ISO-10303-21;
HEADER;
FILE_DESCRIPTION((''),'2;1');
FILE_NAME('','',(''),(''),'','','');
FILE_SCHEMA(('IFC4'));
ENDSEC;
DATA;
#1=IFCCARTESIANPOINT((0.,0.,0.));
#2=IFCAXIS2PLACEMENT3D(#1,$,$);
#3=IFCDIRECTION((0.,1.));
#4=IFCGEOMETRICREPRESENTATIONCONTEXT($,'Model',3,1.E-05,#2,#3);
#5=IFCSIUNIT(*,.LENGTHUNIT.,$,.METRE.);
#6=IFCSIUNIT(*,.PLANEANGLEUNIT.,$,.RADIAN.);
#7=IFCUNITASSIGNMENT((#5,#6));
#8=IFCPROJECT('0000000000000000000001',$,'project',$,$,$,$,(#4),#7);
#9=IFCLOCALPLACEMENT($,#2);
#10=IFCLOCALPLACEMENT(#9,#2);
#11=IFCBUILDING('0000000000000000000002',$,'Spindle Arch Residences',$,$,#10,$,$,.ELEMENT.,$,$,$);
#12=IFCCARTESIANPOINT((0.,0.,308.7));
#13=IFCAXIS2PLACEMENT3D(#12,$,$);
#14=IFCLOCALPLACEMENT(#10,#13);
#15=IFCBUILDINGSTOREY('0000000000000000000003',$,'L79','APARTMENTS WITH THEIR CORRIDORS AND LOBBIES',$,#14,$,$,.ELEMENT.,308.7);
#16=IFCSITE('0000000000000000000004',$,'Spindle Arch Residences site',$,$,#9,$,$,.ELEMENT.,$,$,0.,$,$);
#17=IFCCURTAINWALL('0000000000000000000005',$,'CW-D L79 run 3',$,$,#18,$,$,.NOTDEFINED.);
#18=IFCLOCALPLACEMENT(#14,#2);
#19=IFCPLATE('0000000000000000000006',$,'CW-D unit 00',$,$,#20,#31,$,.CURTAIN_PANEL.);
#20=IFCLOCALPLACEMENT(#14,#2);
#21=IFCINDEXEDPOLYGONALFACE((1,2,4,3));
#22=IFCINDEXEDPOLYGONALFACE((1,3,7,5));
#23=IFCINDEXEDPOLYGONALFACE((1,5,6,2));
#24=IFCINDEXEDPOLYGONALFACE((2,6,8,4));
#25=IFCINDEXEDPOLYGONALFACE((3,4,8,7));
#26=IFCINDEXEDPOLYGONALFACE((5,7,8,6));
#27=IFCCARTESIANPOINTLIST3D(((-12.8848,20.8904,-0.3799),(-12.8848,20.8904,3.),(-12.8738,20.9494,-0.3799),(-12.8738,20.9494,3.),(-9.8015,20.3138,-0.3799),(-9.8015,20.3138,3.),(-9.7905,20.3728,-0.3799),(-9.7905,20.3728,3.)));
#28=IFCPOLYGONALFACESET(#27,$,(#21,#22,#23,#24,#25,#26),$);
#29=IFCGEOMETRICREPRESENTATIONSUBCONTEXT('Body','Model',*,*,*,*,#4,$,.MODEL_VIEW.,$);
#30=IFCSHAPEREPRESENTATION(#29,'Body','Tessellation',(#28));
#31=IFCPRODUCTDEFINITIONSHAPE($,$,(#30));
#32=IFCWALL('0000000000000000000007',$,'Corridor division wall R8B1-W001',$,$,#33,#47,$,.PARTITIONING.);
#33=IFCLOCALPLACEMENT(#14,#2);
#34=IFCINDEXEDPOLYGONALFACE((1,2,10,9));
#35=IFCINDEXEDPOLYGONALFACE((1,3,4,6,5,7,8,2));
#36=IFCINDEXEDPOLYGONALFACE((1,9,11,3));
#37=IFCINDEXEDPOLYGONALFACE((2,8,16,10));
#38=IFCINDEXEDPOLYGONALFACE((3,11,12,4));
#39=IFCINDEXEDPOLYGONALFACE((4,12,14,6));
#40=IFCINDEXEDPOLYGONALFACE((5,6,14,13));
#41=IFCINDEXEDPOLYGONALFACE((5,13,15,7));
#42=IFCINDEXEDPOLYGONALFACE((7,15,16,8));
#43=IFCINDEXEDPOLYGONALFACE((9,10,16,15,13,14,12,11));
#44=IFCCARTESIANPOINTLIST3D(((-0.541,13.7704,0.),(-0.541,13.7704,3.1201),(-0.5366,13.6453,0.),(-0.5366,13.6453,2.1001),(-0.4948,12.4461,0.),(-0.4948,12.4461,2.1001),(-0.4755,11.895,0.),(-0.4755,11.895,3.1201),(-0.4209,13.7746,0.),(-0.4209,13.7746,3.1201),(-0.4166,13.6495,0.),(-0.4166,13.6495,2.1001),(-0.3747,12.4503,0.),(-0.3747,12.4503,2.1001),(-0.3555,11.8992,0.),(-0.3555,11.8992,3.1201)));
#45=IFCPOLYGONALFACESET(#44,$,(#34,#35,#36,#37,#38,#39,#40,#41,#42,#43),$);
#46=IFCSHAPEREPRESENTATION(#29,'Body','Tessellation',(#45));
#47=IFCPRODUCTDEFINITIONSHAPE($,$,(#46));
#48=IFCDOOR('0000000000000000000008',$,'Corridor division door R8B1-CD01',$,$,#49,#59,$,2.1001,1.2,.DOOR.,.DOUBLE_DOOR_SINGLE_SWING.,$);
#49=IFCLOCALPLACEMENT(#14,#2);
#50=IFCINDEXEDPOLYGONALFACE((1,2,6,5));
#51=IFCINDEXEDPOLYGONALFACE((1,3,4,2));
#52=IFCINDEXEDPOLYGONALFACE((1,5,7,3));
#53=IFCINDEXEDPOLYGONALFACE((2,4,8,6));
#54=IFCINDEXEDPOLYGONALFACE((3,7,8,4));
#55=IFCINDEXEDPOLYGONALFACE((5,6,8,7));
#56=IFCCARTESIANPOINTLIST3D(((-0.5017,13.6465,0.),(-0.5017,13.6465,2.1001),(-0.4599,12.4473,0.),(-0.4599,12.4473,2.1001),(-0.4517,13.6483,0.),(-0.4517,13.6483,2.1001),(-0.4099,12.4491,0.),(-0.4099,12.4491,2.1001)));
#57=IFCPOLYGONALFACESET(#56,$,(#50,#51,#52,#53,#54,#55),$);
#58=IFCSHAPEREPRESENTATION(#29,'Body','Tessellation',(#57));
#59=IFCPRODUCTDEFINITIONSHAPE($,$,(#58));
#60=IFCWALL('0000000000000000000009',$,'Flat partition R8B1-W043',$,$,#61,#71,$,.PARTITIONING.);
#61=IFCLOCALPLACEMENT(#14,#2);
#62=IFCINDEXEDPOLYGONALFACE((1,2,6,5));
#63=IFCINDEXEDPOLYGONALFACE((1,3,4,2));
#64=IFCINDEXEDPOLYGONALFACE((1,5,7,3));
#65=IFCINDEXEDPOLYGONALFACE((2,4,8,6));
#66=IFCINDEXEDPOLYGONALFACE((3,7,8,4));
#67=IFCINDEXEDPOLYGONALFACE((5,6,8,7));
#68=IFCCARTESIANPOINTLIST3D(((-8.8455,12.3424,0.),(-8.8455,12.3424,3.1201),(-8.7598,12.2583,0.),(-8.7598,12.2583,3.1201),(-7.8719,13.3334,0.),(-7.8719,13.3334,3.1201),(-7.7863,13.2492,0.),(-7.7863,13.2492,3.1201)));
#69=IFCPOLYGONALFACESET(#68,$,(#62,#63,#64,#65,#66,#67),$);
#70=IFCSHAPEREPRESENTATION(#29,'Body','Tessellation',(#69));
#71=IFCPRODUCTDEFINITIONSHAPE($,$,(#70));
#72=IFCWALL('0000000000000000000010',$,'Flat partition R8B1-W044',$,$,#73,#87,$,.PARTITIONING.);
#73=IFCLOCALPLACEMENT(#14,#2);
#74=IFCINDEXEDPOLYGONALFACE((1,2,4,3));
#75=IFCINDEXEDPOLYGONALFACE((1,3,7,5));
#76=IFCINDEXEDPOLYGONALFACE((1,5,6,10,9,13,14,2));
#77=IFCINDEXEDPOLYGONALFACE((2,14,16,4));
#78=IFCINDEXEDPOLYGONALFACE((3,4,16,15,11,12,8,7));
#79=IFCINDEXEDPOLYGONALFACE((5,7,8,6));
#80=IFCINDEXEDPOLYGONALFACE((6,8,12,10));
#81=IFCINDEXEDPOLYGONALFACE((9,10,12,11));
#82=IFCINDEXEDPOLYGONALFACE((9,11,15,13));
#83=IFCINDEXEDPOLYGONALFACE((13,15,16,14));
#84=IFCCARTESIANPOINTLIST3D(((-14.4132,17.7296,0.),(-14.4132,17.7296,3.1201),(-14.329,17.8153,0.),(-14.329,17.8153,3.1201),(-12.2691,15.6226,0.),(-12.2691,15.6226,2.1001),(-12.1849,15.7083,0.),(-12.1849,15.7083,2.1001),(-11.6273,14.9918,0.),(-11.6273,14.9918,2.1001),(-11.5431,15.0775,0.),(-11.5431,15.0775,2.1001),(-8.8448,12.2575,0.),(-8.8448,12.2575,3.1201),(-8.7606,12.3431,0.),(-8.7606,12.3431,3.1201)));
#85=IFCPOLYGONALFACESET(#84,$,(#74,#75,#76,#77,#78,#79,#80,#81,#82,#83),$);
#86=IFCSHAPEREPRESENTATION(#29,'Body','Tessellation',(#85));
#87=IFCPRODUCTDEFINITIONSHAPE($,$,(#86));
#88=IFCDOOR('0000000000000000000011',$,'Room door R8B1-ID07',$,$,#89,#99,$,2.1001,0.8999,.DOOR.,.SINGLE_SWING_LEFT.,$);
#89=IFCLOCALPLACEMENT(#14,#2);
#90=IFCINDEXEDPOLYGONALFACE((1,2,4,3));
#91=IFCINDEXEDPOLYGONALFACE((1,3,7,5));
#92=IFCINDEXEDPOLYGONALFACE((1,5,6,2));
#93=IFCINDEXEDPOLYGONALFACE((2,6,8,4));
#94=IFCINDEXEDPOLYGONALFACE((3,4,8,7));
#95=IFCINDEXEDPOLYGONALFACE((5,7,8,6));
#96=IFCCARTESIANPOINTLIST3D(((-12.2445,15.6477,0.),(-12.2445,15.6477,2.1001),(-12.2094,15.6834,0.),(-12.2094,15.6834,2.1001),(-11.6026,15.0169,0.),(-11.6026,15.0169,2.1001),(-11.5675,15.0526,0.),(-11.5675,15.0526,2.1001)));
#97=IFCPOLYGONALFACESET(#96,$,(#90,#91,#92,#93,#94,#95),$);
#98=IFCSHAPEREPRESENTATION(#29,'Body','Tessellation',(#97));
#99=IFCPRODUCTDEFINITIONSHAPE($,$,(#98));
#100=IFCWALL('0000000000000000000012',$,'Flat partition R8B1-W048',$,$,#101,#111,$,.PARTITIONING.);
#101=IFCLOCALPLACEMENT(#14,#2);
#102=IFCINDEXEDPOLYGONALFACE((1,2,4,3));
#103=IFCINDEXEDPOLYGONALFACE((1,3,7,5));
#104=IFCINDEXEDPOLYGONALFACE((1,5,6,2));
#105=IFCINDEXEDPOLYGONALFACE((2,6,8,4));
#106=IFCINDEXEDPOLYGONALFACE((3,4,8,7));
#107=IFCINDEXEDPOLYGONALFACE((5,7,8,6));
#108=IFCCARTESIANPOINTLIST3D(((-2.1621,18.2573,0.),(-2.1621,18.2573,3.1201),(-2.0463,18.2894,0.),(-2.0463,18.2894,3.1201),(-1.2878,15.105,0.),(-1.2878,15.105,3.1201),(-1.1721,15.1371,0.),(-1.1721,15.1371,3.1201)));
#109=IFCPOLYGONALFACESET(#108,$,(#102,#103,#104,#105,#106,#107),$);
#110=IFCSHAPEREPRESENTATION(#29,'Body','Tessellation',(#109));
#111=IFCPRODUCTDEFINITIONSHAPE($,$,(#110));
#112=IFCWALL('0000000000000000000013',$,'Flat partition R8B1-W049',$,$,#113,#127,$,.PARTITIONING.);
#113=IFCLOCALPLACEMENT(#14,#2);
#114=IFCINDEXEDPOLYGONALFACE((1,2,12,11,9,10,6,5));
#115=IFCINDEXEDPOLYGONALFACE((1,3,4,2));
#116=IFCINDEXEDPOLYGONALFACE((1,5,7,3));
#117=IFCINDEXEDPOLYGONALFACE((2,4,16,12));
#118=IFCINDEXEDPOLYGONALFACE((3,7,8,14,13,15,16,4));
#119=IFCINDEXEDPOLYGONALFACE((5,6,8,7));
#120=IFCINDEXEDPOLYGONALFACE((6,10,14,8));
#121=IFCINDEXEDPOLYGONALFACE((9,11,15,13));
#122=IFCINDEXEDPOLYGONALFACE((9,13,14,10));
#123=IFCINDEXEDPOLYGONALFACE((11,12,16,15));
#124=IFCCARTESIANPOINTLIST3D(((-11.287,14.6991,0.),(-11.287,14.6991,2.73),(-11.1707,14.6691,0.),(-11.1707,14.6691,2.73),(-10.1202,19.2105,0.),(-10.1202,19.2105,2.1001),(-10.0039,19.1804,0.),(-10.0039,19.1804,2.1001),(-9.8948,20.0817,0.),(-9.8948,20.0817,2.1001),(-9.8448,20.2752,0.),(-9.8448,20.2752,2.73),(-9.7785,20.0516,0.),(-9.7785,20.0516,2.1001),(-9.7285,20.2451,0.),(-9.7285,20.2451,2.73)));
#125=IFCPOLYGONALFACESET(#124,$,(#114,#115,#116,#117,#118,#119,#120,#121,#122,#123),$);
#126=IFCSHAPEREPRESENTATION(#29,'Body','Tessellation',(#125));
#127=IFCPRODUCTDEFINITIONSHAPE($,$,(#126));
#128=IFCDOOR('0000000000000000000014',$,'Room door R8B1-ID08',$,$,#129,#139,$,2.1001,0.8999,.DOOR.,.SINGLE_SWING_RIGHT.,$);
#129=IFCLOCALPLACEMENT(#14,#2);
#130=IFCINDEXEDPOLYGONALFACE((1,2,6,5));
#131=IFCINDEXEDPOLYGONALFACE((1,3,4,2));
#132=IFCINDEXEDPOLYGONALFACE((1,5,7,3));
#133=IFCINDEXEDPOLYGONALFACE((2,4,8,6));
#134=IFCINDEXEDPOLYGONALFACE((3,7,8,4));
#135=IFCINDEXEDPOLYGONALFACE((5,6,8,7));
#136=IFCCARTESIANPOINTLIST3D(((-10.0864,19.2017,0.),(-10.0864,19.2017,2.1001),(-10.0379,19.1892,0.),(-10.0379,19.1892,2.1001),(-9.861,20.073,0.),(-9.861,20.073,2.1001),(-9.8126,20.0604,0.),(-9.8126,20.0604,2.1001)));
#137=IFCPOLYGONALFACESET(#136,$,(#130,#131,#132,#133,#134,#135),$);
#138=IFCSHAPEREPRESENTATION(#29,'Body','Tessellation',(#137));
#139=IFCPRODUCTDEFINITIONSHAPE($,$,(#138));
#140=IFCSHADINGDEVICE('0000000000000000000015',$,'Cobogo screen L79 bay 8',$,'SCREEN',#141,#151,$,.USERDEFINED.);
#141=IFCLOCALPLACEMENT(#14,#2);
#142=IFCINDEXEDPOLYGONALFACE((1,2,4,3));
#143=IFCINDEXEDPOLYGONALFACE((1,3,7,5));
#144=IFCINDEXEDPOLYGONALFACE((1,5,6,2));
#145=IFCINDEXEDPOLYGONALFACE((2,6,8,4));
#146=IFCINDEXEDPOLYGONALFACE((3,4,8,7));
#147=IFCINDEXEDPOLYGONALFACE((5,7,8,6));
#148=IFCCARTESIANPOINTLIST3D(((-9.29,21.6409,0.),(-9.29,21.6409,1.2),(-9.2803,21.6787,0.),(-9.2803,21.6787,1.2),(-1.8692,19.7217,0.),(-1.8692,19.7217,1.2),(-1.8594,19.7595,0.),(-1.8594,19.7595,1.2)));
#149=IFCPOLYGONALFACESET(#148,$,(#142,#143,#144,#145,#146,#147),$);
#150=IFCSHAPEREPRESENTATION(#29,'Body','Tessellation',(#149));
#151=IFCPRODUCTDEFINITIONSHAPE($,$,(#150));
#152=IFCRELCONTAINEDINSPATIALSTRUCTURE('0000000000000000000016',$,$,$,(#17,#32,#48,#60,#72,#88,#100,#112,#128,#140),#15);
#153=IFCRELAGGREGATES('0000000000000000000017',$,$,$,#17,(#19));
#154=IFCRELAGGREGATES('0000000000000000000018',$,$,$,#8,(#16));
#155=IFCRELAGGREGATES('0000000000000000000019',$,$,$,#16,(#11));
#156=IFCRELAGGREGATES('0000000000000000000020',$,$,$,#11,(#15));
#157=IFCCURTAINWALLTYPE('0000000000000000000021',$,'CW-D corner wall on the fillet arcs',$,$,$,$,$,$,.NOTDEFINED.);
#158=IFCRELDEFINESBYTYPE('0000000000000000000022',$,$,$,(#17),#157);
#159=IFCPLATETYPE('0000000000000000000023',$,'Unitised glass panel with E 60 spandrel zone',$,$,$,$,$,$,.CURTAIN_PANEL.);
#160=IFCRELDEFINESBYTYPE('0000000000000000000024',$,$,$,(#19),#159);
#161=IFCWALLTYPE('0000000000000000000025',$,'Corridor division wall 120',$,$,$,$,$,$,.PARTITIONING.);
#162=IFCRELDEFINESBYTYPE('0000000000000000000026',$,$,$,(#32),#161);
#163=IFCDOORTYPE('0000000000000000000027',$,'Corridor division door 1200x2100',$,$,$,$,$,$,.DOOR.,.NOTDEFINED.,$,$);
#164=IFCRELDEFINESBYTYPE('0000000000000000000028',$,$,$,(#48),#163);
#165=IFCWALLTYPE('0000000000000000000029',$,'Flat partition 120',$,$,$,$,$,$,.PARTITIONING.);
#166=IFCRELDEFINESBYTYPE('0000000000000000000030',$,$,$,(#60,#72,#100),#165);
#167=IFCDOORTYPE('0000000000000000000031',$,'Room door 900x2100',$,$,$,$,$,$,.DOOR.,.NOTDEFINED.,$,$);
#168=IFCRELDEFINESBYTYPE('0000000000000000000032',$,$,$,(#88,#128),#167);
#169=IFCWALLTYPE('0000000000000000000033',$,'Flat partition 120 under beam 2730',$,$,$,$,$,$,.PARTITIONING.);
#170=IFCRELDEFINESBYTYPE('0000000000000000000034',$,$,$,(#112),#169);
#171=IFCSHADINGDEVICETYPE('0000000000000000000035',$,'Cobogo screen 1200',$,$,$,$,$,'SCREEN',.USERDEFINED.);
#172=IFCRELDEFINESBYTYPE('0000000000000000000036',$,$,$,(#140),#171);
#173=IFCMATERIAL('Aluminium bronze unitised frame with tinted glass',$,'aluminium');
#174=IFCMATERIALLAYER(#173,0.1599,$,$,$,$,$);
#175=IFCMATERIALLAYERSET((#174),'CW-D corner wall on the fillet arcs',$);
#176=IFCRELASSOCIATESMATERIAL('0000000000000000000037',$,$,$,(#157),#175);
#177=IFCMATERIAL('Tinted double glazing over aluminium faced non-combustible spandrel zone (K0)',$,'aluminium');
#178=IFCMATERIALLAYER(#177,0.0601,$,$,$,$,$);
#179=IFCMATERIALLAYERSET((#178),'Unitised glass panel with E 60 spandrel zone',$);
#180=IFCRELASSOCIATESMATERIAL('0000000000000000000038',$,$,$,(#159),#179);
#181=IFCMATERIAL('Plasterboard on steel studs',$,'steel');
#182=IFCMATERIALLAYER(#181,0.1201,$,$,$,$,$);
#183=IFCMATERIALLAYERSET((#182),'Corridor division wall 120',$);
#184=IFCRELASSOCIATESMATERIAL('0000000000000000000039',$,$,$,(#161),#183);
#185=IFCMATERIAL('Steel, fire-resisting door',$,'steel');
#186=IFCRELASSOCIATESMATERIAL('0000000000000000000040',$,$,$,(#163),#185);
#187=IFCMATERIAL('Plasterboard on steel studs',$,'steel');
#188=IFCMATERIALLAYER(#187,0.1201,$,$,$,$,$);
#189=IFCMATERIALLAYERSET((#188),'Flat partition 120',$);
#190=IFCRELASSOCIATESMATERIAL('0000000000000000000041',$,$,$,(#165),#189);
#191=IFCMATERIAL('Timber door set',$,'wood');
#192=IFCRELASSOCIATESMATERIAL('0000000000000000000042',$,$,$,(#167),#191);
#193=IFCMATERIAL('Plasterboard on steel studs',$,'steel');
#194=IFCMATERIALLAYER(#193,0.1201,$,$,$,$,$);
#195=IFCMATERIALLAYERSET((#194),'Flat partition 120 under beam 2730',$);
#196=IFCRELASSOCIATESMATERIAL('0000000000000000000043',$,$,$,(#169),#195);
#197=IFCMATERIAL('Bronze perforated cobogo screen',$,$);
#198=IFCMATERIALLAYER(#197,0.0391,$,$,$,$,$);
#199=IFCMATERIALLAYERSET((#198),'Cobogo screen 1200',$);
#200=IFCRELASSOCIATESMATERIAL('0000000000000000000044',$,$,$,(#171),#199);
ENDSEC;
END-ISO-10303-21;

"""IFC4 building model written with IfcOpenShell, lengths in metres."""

from ifc_helpers import new_model, si_unit, direction, frame, frame_2d, origin, origin_2d, place, context, subcontext, project, spatial, rectangle, extrude, material, layer, layer_set, type_object, element, fill, aggregate, save


model = new_model("IFC4")

# Units and contexts
model_context = context("Model", 3, precision=1e-05, world=origin(), true_north=direction((0.0, 1.0)))
body_context = subcontext(model_context, "Body", "Model", "MODEL_VIEW")
ifc_project = project(units=[si_unit("LENGTHUNIT", "METRE"), si_unit("PLANEANGLEUNIT", "RADIAN")], contexts=[model_context])

# Site, building, storey
site_placement = place(None, origin())
site = spatial("IfcSite", under=ifc_project, at=site_placement, Name="Spindle Arch Residences site", CompositionType="ELEMENT", RefElevation=0.0)
building_placement = place(site_placement, origin())
building = spatial("IfcBuilding", under=site, at=building_placement, Name="Spindle Arch Residences", CompositionType="ELEMENT")
storey_placement = place(building_placement, frame((0.0, 0.0, 308.7)))
storey = spatial("IfcBuildingStorey", under=building, at=storey_placement, Name="L79", Description="APARTMENTS WITH THEIR CORRIDORS AND LOBBIES", CompositionType="ELEMENT", Elevation=308.7)

# Curtain wall
ifc_material_1 = material(Name="Aluminium bronze unitised frame with tinted glass", Category="aluminium")
ifc_layer_1 = layer(ifc_material_1, 0.1599)
ifc_layer_set_1 = layer_set([ifc_layer_1], Name="CW-D corner wall on the fillet arcs")
curtain_wall_type_1 = type_object("IfcCurtainWallType", Name="CW-D corner wall on the fillet arcs", PredefinedType="NOTDEFINED", material=ifc_layer_set_1)
curtain_wall_1_placement = place(storey_placement, origin())
curtain_wall_1 = element("IfcCurtainWall", 1, at=curtain_wall_1_placement, inside=storey, type_object=curtain_wall_type_1, Name="CW-D L79 run 3", PredefinedType="NOTDEFINED")

# Plate
ifc_material_2 = material(Name="Tinted double glazing over aluminium faced non-combustible spandrel zone (K0)", Category="aluminium")
ifc_layer_2 = layer(ifc_material_2, 0.0601)
ifc_layer_set_2 = layer_set([ifc_layer_2], Name="Unitised glass panel with E 60 spandrel zone")
plate_type = type_object("IfcPlateType", Name="Unitised glass panel with E 60 spandrel zone", PredefinedType="CURTAIN_PANEL", material=ifc_layer_set_2)
plate_1_placement = place(storey_placement, frame((-11.3376, 20.6316, -0.3799), z_axis=(0.0, 0.0, 1.0), x_axis=(-0.982957, 0.183837, 0.0)))
plate_1 = element("IfcPlate", 2, at=plate_1_placement, type_object=plate_type, Name="CW-D unit 00", PredefinedType="CURTAIN_PANEL", context=body_context, shape_type="SweptSolid", body=[
    extrude(rectangle(XDim=3.1367, YDim=0.0601, at=origin_2d()), origin(), (0.0, 0.0, 1.0), 3.3799),
])
aggregate(curtain_wall_1, [plate_1])

# Wall, opening, door
ifc_material_3 = material(Name="Plasterboard on steel studs", Category="steel")
ifc_layer_3 = layer(ifc_material_3, 0.1201)
ifc_layer_set_3 = layer_set([ifc_layer_3], Name="Corridor division wall 120")
wall_type_1 = type_object("IfcWallType", Name="Corridor division wall 120", PredefinedType="PARTITIONING", material=ifc_layer_set_3)
wall_1_placement = place(storey_placement, frame((-0.481, 13.7725, 0.0), z_axis=(0.0, 0.0, 1.0), x_axis=(0.03487, -0.999392, 0.0)))
wall_1 = element("IfcWall", 3, at=wall_1_placement, inside=storey, type_object=wall_type_1, Name="Corridor division wall R8B1-W001", PredefinedType="PARTITIONING", context=body_context, shape_type="SweptSolid", body=[
    extrude(rectangle(XDim=1.8765, YDim=0.1201, at=frame_2d((0.9382, 0.0))), origin(), (0.0, 0.0, 1.0), 3.1201),
])
opening_1_placement = place(wall_1_placement, frame((0.125, 0.0, 0.0)))
opening_1 = element("IfcOpeningElement", 4, at=opening_1_placement, cuts=wall_1, PredefinedType="OPENING", context=body_context, shape_type="SweptSolid", body=[
    extrude(rectangle(XDim=1.2, YDim=2.1001, at=frame_2d((0.6001, 1.05))), frame((0.0, 0.0701, 0.0), z_axis=(0.0, -1.0, 0.0), x_axis=(1.0, 0.0, 0.0)), (0.0, 0.0, 1.0), 0.1401),
])
ifc_material_4 = material(Name="Steel, fire-resisting door", Category="steel")
door_type_1 = type_object("IfcDoorType", Name="Corridor division door 1200x2100", OperationType="NOTDEFINED", PredefinedType="DOOR", material=ifc_material_4)
door_1_placement = place(opening_1_placement, origin())
door_1 = element("IfcDoor", 5, at=door_1_placement, inside=storey, type_object=door_type_1, Name="Corridor division door R8B1-CD01", OperationType="DOUBLE_DOOR_SINGLE_SWING", OverallHeight=2.1001, OverallWidth=1.2, PredefinedType="DOOR", context=body_context, shape_type="SweptSolid", body=[
    extrude(rectangle(XDim=1.2, YDim=2.1001, at=frame_2d((0.6001, 1.05))), frame((0.0, 0.0249, 0.0), z_axis=(0.0, -1.0, 0.0), x_axis=(1.0, 0.0, 0.0)), (0.0, 0.0, 1.0), 0.05),
])
fill(opening_1, door_1)

# Wall
ifc_material_5 = material(Name="Plasterboard on steel studs", Category="steel")
ifc_layer_4 = layer(ifc_material_5, 0.1201)
ifc_layer_set_4 = layer_set([ifc_layer_4], Name="Flat partition 120")
wall_type_2 = type_object("IfcWallType", Name="Flat partition 120", PredefinedType="PARTITIONING", material=ifc_layer_set_4)
wall_2_placement = place(storey_placement, frame((-7.8291, 13.2913, 0.0), z_axis=(0.0, 0.0, 1.0), x_axis=(-0.700841, -0.713318, 0.0)))
element("IfcWall", 6, at=wall_2_placement, inside=storey, type_object=wall_type_2, Name="Flat partition R8B1-W043", PredefinedType="PARTITIONING", context=body_context, shape_type="SweptSolid", body=[
    extrude(rectangle(XDim=1.3892, YDim=0.1201, at=frame_2d((0.6946, 0.0))), origin(), (0.0, 0.0, 1.0), 3.1201),
])

# Wall, opening, door
wall_3_placement = place(storey_placement, frame((-8.8027, 12.3003, 0.0), z_axis=(0.0, 0.0, 1.0), x_axis=(-0.71324, 0.700919, 0.0)))
wall_3 = element("IfcWall", 7, at=wall_3_placement, inside=storey, type_object=wall_type_2, Name="Flat partition R8B1-W044", PredefinedType="PARTITIONING", context=body_context, shape_type="SweptSolid", body=[
    extrude(rectangle(XDim=7.8071, YDim=0.1201, at=frame_2d((3.9036, 0.0))), origin(), (0.0, 0.0, 1.0), 3.1201),
])
opening_2_placement = place(wall_3_placement, frame((3.9011, 0.0, 0.0)))
opening_2 = element("IfcOpeningElement", 8, at=opening_2_placement, cuts=wall_3, PredefinedType="OPENING", context=body_context, shape_type="SweptSolid", body=[
    extrude(rectangle(XDim=0.8999, YDim=2.1001, at=frame_2d((0.45, 1.05))), frame((0.0, 0.0701, 0.0), z_axis=(0.0, -1.0, 0.0), x_axis=(1.0, 0.0, 0.0)), (0.0, 0.0, 1.0), 0.1401),
])
ifc_material_6 = material(Name="Timber door set", Category="wood")
door_type_2 = type_object("IfcDoorType", Name="Room door 900x2100", OperationType="NOTDEFINED", PredefinedType="DOOR", material=ifc_material_6)
door_2_placement = place(opening_2_placement, origin())
door_2 = element("IfcDoor", 9, at=door_2_placement, inside=storey, type_object=door_type_2, Name="Room door R8B1-ID07", OperationType="SINGLE_SWING_LEFT", OverallHeight=2.1001, OverallWidth=0.8999, PredefinedType="DOOR", context=body_context, shape_type="SweptSolid", body=[
    extrude(rectangle(XDim=0.8999, YDim=2.1001, at=frame_2d((0.45, 1.05))), frame((0.0, 0.0249, 0.0), z_axis=(0.0, -1.0, 0.0), x_axis=(1.0, 0.0, 0.0)), (0.0, 0.0, 1.0), 0.05),
])
fill(opening_2, door_2)

# Wall
wall_4_placement = place(storey_placement, frame((-2.1042, 18.2734, 0.0), z_axis=(0.0, 0.0, 1.0), x_axis=(0.267251, -0.963627, 0.0)))
element("IfcWall", 10, at=wall_4_placement, inside=storey, type_object=wall_type_2, Name="Flat partition R8B1-W048", PredefinedType="PARTITIONING", context=body_context, shape_type="SweptSolid", body=[
    extrude(rectangle(XDim=3.2712, YDim=0.1201, at=frame_2d((1.6357, 0.0))), origin(), (0.0, 0.0, 1.0), 3.1201),
])

# Wall, opening, door
ifc_material_7 = material(Name="Plasterboard on steel studs", Category="steel")
ifc_layer_5 = layer(ifc_material_7, 0.1201)
ifc_layer_set_5 = layer_set([ifc_layer_5], Name="Flat partition 120 under beam 2730")
wall_type_3 = type_object("IfcWallType", Name="Flat partition 120 under beam 2730", PredefinedType="PARTITIONING", material=ifc_layer_set_5)
wall_5_placement = place(storey_placement, frame((-9.7866, 20.2603, 0.0), z_axis=(0.0, 0.0, 1.0), x_axis=(-0.250397, -0.968143, 0.0)))
wall_5 = element("IfcWall", 11, at=wall_5_placement, inside=storey, type_object=wall_type_3, Name="Flat partition R8B1-W049", PredefinedType="PARTITIONING", context=body_context, shape_type="SweptSolid", body=[
    extrude(rectangle(XDim=5.7595, YDim=0.1201, at=frame_2d((2.8799, 0.0))), origin(), (0.0, 0.0, 1.0), 2.73),
])
opening_3_placement = place(wall_5_placement, frame((0.2, 0.0, 0.0)))
opening_3 = element("IfcOpeningElement", 12, at=opening_3_placement, cuts=wall_5, PredefinedType="OPENING", context=body_context, shape_type="SweptSolid", body=[
    extrude(rectangle(XDim=0.8999, YDim=2.1001, at=frame_2d((0.45, 1.05))), frame((0.0, 0.0701, 0.0), z_axis=(0.0, -1.0, 0.0), x_axis=(1.0, 0.0, 0.0)), (0.0, 0.0, 1.0), 0.1401),
])
door_3_placement = place(opening_3_placement, origin())
door_3 = element("IfcDoor", 13, at=door_3_placement, inside=storey, type_object=door_type_2, Name="Room door R8B1-ID08", OperationType="SINGLE_SWING_RIGHT", OverallHeight=2.1001, OverallWidth=0.8999, PredefinedType="DOOR", context=body_context, shape_type="SweptSolid", body=[
    extrude(rectangle(XDim=0.8999, YDim=2.1001, at=frame_2d((0.45, 1.05))), frame((0.0, 0.0249, 0.0), z_axis=(0.0, -1.0, 0.0), x_axis=(1.0, 0.0, 0.0)), (0.0, 0.0, 1.0), 0.05),
])
fill(opening_3, door_3)

# Shading device
ifc_material_8 = material(Name="Bronze perforated cobogo screen")
ifc_layer_6 = layer(ifc_material_8, 0.0391)
ifc_layer_set_6 = layer_set([ifc_layer_6], Name="Cobogo screen 1200")
shading_device_type = type_object("IfcShadingDeviceType", Name="Cobogo screen 1200", ElementType="SCREEN", PredefinedType="USERDEFINED", material=ifc_layer_set_6)
shading_device_placement = place(storey_placement, frame((-5.5747, 20.7002, 0.0), z_axis=(0.0, 0.0, 1.0), x_axis=(-0.968148, 0.25038, 0.0)))
element("IfcShadingDevice", 14, at=shading_device_placement, inside=storey, type_object=shading_device_type, Name="Cobogo screen L79 bay 8", ObjectType="SCREEN", PredefinedType="USERDEFINED", context=body_context, shape_type="SweptSolid", body=[
    extrude(rectangle(XDim=7.665, YDim=0.0391, at=origin_2d()), origin(), (0.0, 0.0, 1.0), 1.2),
])

save(model, "model.ifc")
